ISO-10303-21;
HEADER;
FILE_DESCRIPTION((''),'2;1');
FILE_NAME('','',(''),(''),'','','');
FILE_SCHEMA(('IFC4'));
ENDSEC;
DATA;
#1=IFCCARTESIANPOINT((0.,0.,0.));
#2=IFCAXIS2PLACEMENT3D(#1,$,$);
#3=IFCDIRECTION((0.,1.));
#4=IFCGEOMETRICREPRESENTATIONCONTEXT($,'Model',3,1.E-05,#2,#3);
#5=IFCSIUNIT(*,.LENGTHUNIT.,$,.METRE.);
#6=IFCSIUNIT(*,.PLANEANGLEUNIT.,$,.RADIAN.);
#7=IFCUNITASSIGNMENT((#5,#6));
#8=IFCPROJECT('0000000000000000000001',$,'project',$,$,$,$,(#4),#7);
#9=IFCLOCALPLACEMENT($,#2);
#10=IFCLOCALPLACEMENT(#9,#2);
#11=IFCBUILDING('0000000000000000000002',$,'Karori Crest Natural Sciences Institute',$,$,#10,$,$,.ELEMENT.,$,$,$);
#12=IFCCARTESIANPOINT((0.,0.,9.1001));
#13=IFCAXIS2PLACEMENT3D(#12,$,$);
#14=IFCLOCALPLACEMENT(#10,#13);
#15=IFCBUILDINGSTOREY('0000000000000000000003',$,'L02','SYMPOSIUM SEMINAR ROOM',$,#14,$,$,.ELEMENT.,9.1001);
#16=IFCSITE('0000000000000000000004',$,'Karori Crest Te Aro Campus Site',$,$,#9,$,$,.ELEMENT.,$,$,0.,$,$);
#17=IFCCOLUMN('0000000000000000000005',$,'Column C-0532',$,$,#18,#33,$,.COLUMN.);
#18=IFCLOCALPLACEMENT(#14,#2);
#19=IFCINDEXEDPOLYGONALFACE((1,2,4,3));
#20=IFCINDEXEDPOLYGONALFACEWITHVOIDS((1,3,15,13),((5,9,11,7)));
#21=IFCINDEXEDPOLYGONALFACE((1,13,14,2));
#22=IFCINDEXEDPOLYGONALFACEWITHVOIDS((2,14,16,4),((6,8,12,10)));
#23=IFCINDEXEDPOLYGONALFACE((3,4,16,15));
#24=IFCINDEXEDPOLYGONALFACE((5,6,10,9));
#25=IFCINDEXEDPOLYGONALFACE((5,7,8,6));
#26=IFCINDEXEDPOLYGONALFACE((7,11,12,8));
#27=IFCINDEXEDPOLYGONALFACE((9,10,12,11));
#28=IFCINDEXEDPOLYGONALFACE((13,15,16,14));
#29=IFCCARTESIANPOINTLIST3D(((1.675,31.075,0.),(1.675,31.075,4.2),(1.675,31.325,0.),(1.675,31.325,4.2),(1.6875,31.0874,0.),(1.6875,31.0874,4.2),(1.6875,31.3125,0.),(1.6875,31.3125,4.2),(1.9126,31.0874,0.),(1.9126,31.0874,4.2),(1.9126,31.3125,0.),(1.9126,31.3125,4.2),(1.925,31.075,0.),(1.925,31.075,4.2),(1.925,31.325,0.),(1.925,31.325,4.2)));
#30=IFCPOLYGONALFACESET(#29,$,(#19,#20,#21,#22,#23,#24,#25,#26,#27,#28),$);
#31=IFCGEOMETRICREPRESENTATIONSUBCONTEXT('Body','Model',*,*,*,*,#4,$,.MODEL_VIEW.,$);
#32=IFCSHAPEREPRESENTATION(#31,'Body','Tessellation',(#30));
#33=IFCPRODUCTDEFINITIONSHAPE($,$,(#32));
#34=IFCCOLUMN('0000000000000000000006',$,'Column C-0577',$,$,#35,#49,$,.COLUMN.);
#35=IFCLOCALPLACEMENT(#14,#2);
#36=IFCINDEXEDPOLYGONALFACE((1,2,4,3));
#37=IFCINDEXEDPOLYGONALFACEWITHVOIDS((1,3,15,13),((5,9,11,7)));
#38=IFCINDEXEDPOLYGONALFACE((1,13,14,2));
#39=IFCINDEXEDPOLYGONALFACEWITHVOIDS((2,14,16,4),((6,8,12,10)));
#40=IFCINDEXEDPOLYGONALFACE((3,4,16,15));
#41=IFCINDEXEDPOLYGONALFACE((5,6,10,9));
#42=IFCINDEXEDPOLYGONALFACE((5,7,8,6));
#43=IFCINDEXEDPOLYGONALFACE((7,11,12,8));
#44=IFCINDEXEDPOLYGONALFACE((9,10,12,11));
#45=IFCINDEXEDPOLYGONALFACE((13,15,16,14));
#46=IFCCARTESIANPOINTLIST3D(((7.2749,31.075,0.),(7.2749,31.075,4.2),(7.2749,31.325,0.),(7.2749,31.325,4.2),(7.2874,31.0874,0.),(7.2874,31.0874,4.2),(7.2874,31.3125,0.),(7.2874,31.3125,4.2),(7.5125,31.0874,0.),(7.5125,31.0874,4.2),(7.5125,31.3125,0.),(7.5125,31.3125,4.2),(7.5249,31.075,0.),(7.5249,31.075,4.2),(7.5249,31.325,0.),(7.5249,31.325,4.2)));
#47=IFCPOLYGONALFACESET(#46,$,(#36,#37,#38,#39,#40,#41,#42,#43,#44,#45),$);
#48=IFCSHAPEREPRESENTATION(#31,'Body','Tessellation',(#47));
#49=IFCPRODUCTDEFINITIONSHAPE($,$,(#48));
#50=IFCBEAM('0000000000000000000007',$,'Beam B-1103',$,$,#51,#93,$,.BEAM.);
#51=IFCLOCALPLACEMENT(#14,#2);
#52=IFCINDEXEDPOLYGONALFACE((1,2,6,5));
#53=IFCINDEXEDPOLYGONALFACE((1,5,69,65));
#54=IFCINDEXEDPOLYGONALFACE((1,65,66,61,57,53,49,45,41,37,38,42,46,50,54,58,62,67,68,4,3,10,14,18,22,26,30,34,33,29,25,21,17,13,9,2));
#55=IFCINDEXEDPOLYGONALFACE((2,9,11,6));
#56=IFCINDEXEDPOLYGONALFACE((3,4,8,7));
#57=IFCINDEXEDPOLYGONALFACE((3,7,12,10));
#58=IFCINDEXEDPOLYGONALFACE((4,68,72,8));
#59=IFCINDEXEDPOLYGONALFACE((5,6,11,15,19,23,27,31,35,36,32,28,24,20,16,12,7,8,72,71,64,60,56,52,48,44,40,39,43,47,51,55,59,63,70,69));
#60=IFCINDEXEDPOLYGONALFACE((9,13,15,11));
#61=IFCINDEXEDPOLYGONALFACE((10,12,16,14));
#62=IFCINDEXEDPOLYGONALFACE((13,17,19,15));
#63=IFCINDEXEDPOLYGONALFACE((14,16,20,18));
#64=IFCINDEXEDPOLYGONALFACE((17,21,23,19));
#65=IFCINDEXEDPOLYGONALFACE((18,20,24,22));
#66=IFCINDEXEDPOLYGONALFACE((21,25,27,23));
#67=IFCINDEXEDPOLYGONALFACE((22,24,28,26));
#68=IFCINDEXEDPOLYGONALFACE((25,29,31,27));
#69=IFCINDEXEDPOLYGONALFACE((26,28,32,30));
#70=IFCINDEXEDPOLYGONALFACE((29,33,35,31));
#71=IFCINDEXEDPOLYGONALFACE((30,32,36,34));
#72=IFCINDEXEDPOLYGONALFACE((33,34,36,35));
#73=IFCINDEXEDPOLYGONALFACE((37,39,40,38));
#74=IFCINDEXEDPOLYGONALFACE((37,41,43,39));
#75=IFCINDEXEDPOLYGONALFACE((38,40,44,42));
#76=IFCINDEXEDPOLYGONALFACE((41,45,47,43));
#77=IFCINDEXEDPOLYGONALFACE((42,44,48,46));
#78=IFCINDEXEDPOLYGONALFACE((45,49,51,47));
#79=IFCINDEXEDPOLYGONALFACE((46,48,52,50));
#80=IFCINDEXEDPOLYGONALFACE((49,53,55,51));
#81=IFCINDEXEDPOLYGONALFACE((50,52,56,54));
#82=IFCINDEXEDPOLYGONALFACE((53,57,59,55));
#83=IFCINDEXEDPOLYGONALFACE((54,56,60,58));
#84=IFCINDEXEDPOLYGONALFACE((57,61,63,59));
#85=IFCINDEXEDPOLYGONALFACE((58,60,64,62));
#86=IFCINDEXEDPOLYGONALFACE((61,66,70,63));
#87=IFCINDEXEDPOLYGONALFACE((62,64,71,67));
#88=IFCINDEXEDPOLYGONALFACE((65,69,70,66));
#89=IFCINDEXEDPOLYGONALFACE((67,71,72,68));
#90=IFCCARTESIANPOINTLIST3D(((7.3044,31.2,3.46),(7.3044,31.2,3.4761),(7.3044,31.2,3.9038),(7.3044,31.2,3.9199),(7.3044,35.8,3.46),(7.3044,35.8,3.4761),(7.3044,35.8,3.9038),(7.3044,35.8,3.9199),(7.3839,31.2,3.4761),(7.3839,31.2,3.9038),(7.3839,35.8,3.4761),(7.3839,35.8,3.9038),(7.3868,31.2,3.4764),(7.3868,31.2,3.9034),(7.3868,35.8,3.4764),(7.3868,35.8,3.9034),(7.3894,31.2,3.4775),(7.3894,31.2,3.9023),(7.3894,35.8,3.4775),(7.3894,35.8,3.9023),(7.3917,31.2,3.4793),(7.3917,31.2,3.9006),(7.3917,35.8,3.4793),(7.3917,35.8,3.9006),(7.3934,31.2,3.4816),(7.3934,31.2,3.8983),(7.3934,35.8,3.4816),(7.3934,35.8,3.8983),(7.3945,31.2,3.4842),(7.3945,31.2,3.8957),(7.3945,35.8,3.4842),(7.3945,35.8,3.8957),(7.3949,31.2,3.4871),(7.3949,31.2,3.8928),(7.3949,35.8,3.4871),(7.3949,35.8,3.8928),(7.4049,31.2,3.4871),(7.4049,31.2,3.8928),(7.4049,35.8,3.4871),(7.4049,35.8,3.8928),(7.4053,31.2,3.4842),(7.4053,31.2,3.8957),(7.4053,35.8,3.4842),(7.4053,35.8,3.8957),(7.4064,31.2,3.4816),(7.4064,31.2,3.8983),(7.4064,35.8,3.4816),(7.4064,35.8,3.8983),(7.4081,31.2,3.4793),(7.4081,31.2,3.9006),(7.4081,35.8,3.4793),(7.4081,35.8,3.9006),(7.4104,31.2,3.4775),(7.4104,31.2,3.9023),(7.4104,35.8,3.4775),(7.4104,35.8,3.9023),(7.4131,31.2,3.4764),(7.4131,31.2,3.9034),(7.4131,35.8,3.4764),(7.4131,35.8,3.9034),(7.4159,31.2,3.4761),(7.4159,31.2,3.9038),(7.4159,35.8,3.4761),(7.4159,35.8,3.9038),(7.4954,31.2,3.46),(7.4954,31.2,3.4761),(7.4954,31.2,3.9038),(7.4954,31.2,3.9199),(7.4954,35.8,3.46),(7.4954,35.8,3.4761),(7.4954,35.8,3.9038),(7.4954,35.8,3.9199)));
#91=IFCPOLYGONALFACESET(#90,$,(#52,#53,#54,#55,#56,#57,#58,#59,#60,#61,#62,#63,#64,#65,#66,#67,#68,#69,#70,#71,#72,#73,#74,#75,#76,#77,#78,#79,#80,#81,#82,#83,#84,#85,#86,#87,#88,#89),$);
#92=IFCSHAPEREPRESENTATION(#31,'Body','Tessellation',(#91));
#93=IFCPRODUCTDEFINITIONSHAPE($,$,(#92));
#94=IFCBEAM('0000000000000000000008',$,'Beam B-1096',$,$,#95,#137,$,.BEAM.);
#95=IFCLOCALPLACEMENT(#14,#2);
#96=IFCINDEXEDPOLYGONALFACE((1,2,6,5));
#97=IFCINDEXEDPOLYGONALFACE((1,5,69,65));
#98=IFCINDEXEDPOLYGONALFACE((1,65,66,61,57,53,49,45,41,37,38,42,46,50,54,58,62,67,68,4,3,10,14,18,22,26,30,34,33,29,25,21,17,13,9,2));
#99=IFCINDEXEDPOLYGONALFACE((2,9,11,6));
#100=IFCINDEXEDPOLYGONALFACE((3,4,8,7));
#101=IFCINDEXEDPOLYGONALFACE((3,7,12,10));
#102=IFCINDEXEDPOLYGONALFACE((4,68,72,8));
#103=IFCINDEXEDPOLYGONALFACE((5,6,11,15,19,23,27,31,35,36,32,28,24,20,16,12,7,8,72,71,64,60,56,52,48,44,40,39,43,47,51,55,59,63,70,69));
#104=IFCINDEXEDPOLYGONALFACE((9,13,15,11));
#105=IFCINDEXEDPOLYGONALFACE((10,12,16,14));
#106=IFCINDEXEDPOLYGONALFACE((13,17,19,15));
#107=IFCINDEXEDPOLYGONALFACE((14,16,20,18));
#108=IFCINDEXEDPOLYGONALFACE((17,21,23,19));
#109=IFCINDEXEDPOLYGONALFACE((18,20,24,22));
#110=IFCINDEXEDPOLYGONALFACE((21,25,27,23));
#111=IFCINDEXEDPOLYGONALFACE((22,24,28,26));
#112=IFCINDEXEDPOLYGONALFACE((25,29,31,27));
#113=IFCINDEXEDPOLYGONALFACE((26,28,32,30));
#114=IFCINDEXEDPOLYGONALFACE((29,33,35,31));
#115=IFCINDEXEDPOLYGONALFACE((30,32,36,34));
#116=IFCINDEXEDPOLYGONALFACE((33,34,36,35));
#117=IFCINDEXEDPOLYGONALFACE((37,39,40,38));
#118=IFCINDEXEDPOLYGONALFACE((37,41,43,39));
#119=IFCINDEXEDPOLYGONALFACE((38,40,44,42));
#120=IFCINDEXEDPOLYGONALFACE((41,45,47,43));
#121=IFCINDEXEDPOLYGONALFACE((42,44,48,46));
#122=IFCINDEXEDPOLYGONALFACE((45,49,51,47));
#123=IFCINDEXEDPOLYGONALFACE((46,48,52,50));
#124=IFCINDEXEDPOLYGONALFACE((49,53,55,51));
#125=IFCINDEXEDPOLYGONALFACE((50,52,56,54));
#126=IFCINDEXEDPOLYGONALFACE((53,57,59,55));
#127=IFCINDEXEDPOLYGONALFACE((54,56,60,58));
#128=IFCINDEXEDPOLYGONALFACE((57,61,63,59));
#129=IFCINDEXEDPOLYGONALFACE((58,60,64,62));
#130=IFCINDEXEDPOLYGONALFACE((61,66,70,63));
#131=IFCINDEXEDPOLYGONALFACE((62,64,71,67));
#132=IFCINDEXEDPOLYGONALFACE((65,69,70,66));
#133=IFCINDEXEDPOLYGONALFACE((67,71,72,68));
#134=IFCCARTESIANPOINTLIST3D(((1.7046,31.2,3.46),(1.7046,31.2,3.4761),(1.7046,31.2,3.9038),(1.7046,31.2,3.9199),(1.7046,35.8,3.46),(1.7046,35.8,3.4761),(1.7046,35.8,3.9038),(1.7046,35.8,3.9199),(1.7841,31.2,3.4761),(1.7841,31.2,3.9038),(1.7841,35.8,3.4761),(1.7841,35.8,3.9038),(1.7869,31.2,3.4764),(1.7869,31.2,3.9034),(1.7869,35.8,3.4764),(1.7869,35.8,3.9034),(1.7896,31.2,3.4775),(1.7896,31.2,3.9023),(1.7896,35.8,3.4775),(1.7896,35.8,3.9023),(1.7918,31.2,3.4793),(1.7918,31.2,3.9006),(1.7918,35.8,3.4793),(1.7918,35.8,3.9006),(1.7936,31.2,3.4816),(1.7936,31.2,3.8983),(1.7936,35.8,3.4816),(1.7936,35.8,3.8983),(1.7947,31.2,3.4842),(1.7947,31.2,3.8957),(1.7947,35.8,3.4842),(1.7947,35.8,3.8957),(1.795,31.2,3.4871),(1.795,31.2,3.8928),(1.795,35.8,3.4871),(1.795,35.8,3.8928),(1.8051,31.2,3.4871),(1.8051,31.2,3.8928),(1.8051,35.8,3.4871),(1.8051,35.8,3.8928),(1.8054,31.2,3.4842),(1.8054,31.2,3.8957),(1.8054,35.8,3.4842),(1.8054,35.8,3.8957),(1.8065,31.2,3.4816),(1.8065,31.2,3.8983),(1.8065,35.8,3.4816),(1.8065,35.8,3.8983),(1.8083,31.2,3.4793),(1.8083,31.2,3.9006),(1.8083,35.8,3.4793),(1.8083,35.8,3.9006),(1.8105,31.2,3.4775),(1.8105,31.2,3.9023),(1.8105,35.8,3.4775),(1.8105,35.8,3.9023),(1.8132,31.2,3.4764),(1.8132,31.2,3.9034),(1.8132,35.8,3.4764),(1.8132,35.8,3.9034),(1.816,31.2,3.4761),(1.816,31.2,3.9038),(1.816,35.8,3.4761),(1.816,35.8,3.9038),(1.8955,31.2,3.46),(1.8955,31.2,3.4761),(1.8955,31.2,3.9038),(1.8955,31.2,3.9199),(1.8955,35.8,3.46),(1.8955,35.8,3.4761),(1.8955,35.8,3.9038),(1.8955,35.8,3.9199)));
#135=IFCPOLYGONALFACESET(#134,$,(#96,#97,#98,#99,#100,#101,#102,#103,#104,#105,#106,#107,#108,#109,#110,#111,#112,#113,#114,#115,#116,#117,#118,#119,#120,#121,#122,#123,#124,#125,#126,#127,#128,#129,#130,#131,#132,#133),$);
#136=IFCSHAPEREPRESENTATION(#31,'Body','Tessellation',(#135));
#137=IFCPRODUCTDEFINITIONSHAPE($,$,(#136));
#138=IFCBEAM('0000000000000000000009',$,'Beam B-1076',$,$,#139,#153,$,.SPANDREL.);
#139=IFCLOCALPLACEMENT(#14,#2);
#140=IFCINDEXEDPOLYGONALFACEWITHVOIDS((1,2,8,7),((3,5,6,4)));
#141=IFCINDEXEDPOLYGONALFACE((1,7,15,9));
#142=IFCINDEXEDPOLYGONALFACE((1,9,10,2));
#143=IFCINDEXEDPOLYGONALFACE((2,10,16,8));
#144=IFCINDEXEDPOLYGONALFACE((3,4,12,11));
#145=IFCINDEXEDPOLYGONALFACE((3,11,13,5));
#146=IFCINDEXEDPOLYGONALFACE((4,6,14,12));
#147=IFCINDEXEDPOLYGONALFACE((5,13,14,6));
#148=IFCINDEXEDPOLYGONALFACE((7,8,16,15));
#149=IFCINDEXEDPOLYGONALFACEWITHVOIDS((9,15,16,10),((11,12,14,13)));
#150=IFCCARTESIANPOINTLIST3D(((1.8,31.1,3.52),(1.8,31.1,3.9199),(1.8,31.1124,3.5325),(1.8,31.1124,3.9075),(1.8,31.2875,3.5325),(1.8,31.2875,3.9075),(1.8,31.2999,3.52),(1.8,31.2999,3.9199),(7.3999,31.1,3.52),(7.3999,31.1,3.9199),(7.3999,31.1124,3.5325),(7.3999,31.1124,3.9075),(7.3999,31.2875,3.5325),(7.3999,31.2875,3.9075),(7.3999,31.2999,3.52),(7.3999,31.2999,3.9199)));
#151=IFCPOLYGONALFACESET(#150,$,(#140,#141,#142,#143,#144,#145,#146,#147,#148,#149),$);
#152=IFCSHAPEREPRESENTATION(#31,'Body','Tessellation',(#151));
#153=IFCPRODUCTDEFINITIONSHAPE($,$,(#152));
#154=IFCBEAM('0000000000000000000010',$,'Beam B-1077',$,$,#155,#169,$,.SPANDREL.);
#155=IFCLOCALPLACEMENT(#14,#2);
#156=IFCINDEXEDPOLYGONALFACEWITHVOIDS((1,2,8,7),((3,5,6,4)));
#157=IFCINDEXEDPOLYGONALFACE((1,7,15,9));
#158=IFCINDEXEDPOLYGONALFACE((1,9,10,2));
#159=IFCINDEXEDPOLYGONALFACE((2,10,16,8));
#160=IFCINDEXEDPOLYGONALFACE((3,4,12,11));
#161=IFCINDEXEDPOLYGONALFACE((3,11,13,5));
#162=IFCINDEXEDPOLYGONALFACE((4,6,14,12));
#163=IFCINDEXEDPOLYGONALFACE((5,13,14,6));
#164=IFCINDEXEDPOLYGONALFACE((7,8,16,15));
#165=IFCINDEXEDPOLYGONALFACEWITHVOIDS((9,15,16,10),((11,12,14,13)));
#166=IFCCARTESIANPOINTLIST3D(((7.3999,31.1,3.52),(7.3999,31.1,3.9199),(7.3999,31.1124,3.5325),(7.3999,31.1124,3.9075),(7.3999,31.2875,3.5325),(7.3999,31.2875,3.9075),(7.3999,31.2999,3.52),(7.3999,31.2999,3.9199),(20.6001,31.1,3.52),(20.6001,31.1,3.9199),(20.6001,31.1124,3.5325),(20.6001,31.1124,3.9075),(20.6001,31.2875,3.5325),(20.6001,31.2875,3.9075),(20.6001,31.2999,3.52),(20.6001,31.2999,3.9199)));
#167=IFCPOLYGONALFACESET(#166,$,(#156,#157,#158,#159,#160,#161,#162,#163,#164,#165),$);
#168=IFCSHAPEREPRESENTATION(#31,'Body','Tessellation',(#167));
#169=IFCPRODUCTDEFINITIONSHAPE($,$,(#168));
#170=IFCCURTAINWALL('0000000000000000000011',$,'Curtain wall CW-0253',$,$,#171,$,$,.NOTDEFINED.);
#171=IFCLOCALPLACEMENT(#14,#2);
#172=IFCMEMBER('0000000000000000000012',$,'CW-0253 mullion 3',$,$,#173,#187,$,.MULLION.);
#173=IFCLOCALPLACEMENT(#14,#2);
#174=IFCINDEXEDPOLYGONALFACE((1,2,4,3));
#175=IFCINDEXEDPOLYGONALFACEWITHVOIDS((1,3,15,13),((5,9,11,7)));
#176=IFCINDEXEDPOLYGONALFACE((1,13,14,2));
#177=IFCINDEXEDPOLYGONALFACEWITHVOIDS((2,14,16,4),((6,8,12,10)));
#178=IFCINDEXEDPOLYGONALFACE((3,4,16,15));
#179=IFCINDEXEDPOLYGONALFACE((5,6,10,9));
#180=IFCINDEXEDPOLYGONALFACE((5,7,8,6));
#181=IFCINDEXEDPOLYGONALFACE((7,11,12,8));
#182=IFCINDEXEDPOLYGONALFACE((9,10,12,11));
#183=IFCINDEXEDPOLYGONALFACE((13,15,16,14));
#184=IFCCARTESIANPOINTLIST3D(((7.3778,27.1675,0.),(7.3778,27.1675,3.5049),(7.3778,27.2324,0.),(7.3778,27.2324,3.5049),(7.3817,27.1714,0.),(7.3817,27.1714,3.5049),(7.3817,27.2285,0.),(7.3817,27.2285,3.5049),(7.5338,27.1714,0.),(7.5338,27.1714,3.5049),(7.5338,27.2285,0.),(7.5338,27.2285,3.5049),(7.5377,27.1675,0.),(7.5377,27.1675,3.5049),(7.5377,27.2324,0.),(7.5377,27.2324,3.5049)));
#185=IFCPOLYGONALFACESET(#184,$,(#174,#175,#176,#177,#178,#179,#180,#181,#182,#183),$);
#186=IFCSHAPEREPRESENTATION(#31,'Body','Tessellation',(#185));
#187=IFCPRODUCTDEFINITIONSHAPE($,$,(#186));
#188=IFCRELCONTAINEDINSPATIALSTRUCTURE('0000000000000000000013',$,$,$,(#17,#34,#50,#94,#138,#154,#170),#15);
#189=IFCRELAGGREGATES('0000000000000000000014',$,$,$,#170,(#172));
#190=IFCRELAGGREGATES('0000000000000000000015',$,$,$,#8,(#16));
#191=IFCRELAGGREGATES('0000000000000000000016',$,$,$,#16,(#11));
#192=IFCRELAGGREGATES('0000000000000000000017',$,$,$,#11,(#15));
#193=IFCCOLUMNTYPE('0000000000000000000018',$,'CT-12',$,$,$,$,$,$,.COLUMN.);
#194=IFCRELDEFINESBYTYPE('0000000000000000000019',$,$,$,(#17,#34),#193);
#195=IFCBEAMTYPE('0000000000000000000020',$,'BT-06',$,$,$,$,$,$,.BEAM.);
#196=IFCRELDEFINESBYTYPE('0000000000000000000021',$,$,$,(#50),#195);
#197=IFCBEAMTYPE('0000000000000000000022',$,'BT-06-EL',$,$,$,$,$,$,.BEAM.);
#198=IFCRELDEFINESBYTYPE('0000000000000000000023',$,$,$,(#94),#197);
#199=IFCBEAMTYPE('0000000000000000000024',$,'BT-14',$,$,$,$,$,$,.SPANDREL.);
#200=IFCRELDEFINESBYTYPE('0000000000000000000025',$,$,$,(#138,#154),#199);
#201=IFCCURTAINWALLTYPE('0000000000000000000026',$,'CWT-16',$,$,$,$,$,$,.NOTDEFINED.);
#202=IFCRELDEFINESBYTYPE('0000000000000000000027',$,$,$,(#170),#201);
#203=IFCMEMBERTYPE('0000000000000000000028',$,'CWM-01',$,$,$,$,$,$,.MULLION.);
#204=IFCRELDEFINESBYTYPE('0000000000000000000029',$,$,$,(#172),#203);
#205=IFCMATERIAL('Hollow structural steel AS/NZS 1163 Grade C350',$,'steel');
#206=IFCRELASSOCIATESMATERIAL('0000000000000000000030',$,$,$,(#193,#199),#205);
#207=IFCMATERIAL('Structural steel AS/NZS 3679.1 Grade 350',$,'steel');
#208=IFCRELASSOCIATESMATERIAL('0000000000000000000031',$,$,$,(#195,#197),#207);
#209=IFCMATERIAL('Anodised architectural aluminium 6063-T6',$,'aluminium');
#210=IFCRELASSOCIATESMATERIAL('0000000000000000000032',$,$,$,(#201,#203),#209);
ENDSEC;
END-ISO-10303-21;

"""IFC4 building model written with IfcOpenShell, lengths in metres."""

from ifc_helpers import new_model, si_unit, direction, frame, origin, origin_2d, place, context, subcontext, project, spatial, hollow_rectangle, i_section, extrude, material, material_profile, profile_set, type_object, element, aggregate, save


model = new_model("IFC4")

# Units and contexts
model_context = context("Model", 3, precision=1e-05, world=origin(), true_north=direction((0.0, 1.0)))
body_context = subcontext(model_context, "Body", "Model", "MODEL_VIEW")
ifc_project = project(units=[si_unit("LENGTHUNIT", "METRE"), si_unit("PLANEANGLEUNIT", "RADIAN")], contexts=[model_context])

# Site, building, storey
site_placement = place(None, origin())
site = spatial("IfcSite", under=ifc_project, at=site_placement, Name="Karori Crest Te Aro Campus Site", CompositionType="ELEMENT", RefElevation=0.0)
building_placement = place(site_placement, origin())
building = spatial("IfcBuilding", under=site, at=building_placement, Name="Karori Crest Natural Sciences Institute", CompositionType="ELEMENT")
storey_placement = place(building_placement, frame((0.0, 0.0, 9.1001)))
storey = spatial("IfcBuildingStorey", under=building, at=storey_placement, Name="L02", Description="SYMPOSIUM SEMINAR ROOM", CompositionType="ELEMENT", Elevation=9.1001)

# Columns
ifc_material_1 = material(Name="Hollow structural steel AS/NZS 1163 Grade C350", Category="steel")
ifc_material_profile_1 = material_profile(ifc_material_1, hollow_rectangle(XDim=0.25, YDim=0.25, WallThickness=0.0125, at=origin_2d()), Name="SHS250x250x12.5")
ifc_profile_set_1 = profile_set([ifc_material_profile_1], Name="Hollow structural steel AS/NZS 1163 Grade C350")
column_type = type_object("IfcColumnType", Name="CT-12", PredefinedType="COLUMN", material=ifc_profile_set_1)
for number, where, z_axis, x_axis, name in (
    (1, (1.8, 31.2, 0.0), (0.0, 0.0, 1.0), (1.0, 0.0, 0.0), "Column C-0532"),
    (2, (7.3999, 31.2, 0.0), (0.0, 0.0, 1.0), (1.0, 0.0, 0.0), "Column C-0577"),
):
    element("IfcColumn", number, at=place(storey_placement, frame(where, z_axis=z_axis, x_axis=x_axis)), inside=storey, type_object=column_type, Name=name, PredefinedType="COLUMN", context=body_context, shape_type="SweptSolid", body=[
        extrude(hollow_rectangle(XDim=0.25, YDim=0.25, WallThickness=0.0125, at=origin_2d()), origin(), (0.0, 0.0, 1.0), 4.2),
    ])

# Beams
ifc_material_2 = material(Name="Structural steel AS/NZS 3679.1 Grade 350", Category="steel")
ifc_material_profile_2 = material_profile(ifc_material_2, i_section(OverallWidth=0.1909, OverallDepth=0.46, WebThickness=0.01, FlangeThickness=0.0161, FilletRadius=0.011, at=origin_2d()), Name="460UB82.1")
ifc_profile_set_2 = profile_set([ifc_material_profile_2], Name="Structural steel AS/NZS 3679.1 Grade 350")
beam_type_1 = type_object("IfcBeamType", Name="BT-06", PredefinedType="BEAM", material=ifc_profile_set_2)
beam_1_placement = place(storey_placement, frame((7.3999, 31.2, 3.6899), z_axis=(0.0, 1.0, 0.0), x_axis=(-1.0, 0.0, 0.0)))
element("IfcBeam", 3, at=beam_1_placement, inside=storey, type_object=beam_type_1, Name="Beam B-1103", PredefinedType="BEAM", context=body_context, shape_type="SweptSolid", body=[
    extrude(i_section(OverallWidth=0.1909, OverallDepth=0.46, WebThickness=0.01, FlangeThickness=0.0161, FilletRadius=0.011, at=origin_2d()), origin(), (0.0, 0.0, 1.0), 4.6001),
])
ifc_material_profile_3 = material_profile(ifc_material_2, i_section(OverallWidth=0.1909, OverallDepth=0.46, WebThickness=0.01, FlangeThickness=0.0161, FilletRadius=0.011, at=origin_2d()), Name="460UB82.1")
ifc_profile_set_3 = profile_set([ifc_material_profile_3], Name="Structural steel AS/NZS 3679.1 Grade 350")
beam_type_2 = type_object("IfcBeamType", Name="BT-06-EL", PredefinedType="BEAM", material=ifc_profile_set_3)
beam_2_placement = place(storey_placement, frame((1.8, 31.2, 3.6899), z_axis=(0.0, 1.0, 0.0), x_axis=(-1.0, 0.0, 0.0)))
element("IfcBeam", 4, at=beam_2_placement, inside=storey, type_object=beam_type_2, Name="Beam B-1096", PredefinedType="BEAM", context=body_context, shape_type="SweptSolid", body=[
    extrude(i_section(OverallWidth=0.1909, OverallDepth=0.46, WebThickness=0.01, FlangeThickness=0.0161, FilletRadius=0.011, at=origin_2d()), origin(), (0.0, 0.0, 1.0), 4.6001),
])
ifc_material_profile_4 = material_profile(ifc_material_1, hollow_rectangle(XDim=0.2, YDim=0.3999, WallThickness=0.0125, at=origin_2d()), Name="RHS400x200x12.5")
ifc_profile_set_4 = profile_set([ifc_material_profile_4], Name="Hollow structural steel AS/NZS 1163 Grade C350")
beam_type_3 = type_object("IfcBeamType", Name="BT-14", PredefinedType="SPANDREL", material=ifc_profile_set_4)
beam_3_placement = place(storey_placement, frame((1.8, 31.2, 3.72), z_axis=(1.0, 0.0, 0.0), x_axis=(0.0, 1.0, 0.0)))
element("IfcBeam", 5, at=beam_3_placement, inside=storey, type_object=beam_type_3, Name="Beam B-1076", PredefinedType="SPANDREL", context=body_context, shape_type="SweptSolid", body=[
    extrude(hollow_rectangle(XDim=0.2, YDim=0.3999, WallThickness=0.0125, at=origin_2d()), origin(), (0.0, 0.0, 1.0), 5.5999),
])
beam_4_placement = place(storey_placement, frame((7.3999, 31.2, 3.72), z_axis=(1.0, 0.0, 0.0), x_axis=(0.0, 1.0, 0.0)))
element("IfcBeam", 6, at=beam_4_placement, inside=storey, type_object=beam_type_3, Name="Beam B-1077", PredefinedType="SPANDREL", context=body_context, shape_type="SweptSolid", body=[
    extrude(hollow_rectangle(XDim=0.2, YDim=0.3999, WallThickness=0.0125, at=origin_2d()), origin(), (0.0, 0.0, 1.0), 13.2002),
])

# Curtain wall, member
ifc_material_3 = material(Name="Anodised architectural aluminium 6063-T6", Category="aluminium")
curtain_wall_type = type_object("IfcCurtainWallType", Name="CWT-16", PredefinedType="NOTDEFINED", material=ifc_material_3)
curtain_wall_placement = place(storey_placement, origin())
curtain_wall = element("IfcCurtainWall", 7, at=curtain_wall_placement, inside=storey, type_object=curtain_wall_type, Name="Curtain wall CW-0253", PredefinedType="NOTDEFINED")
ifc_material_profile_5 = material_profile(ifc_material_3, hollow_rectangle(XDim=0.0649, YDim=0.1599, WallThickness=0.0039, at=origin_2d()), Name="CWM160x65x4")
ifc_profile_set_5 = profile_set([ifc_material_profile_5], Name="Anodised architectural aluminium 6063-T6")
member_type_1 = type_object("IfcMemberType", Name="CWM-01", PredefinedType="MULLION", material=ifc_profile_set_5)
member_1_placement = place(storey_placement, frame((7.4578, 27.2, 0.0), z_axis=(0.0, 0.0, 1.0), x_axis=(0.0, 1.0, 0.0)))
member_1 = element("IfcMember", 8, at=member_1_placement, type_object=member_type_1, Name="CW-0253 mullion 3", PredefinedType="MULLION", context=body_context, shape_type="SweptSolid", body=[
    extrude(hollow_rectangle(XDim=0.0649, YDim=0.1599, WallThickness=0.0039, at=origin_2d()), origin(), (0.0, 0.0, 1.0), 3.5049),
])

aggregate(curtain_wall, [member_1])

save(model, "model.ifc")
